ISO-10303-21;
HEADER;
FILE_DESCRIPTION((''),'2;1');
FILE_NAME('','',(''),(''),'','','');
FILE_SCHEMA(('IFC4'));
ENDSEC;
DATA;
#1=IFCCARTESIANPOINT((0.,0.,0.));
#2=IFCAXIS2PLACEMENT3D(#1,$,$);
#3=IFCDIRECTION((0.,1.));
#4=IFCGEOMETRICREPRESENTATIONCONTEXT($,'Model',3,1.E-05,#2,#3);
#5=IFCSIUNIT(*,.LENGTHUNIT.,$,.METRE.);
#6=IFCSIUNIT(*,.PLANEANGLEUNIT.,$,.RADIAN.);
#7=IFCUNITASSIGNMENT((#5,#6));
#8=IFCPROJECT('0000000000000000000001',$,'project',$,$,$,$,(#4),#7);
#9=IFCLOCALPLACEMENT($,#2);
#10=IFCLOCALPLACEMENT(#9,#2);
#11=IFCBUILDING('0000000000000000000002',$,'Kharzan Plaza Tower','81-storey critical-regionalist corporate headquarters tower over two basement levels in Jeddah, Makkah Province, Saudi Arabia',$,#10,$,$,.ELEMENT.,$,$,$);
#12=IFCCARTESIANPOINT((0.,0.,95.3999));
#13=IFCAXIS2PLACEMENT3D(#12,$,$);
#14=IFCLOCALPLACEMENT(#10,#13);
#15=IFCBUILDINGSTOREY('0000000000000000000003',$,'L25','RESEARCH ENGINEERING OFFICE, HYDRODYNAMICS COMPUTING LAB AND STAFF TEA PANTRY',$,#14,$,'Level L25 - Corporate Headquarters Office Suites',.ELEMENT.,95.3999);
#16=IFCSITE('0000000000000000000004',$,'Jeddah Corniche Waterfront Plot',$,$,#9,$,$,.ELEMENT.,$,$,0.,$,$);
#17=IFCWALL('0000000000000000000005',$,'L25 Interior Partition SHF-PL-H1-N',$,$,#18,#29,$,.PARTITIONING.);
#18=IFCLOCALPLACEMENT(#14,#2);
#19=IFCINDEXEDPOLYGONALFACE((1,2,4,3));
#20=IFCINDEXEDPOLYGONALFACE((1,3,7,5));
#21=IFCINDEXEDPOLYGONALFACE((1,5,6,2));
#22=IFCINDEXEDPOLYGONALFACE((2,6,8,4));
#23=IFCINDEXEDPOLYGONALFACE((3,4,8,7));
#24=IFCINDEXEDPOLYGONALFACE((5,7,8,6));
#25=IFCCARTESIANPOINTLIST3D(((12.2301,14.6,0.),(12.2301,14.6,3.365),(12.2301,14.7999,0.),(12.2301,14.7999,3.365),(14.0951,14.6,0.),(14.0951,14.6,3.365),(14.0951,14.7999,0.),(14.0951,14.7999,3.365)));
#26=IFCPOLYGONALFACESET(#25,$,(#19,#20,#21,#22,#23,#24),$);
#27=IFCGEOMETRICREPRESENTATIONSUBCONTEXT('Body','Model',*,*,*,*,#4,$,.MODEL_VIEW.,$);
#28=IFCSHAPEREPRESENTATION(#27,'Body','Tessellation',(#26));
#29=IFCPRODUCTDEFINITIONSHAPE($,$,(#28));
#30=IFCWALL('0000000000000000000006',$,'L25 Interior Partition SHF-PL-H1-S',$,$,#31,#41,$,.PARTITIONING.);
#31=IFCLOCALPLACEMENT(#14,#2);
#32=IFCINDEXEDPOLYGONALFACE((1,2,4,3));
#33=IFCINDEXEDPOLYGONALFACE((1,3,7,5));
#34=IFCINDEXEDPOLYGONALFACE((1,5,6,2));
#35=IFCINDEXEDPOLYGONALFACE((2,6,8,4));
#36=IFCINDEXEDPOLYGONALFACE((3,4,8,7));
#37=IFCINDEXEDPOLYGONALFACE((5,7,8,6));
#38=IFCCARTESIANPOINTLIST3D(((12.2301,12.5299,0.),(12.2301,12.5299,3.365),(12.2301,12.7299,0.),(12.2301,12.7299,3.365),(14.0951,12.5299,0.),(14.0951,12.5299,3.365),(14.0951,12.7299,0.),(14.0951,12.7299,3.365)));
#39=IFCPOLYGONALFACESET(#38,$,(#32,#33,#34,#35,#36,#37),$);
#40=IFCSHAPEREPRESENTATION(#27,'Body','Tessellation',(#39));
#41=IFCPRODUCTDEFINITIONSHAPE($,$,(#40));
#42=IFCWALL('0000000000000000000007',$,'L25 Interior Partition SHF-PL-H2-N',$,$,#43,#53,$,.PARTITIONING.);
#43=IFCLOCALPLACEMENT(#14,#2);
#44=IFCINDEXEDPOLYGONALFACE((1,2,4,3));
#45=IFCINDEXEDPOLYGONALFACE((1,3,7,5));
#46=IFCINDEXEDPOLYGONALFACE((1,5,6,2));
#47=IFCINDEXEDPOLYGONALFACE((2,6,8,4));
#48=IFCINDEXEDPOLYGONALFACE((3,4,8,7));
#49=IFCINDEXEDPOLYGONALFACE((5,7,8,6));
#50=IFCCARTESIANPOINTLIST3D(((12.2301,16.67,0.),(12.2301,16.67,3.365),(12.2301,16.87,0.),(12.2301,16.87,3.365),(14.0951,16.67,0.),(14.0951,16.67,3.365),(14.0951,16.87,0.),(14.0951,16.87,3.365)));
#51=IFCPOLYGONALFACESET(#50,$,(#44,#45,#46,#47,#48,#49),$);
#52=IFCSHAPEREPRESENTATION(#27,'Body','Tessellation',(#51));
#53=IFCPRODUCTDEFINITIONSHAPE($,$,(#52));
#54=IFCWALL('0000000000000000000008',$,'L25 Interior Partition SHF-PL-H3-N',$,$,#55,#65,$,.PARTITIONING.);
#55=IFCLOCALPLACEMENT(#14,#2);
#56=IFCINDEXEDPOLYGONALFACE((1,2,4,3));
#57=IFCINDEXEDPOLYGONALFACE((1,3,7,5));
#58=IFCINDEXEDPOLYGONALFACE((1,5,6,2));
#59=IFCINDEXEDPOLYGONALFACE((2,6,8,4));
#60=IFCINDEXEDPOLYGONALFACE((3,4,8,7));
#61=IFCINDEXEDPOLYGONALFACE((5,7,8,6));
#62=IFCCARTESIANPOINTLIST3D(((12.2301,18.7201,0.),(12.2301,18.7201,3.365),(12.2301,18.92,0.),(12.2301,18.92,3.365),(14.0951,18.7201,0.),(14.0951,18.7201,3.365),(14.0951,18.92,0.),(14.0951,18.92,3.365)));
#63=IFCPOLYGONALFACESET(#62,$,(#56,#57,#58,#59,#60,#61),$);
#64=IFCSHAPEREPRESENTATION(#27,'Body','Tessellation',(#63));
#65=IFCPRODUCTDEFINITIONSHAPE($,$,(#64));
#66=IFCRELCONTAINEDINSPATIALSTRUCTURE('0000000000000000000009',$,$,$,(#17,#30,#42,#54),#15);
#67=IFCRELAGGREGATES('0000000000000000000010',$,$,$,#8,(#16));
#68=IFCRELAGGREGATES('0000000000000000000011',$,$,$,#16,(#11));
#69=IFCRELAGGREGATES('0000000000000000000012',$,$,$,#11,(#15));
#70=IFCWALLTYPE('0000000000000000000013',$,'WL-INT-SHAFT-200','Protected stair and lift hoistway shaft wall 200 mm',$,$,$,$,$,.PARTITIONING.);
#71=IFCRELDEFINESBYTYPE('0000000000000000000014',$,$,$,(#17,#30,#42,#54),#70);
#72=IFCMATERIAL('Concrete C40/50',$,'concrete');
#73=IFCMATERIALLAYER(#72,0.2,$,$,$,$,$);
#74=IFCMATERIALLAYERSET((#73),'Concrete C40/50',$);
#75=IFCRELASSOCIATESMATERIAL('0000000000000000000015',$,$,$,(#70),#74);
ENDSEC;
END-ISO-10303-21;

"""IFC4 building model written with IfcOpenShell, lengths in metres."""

from ifc_helpers import new_model, si_unit, direction, frame, frame_2d, origin, place, context, subcontext, project, spatial, rectangle, extrude, source, transform, mapped, material, layer, layer_set, type_object, element, save


model = new_model("IFC4")

# Units and contexts
model_context = context("Model", 3, precision=1e-05, world=origin(), true_north=direction((0.0, 1.0)))
body_context = subcontext(model_context, "Body", "Model", "MODEL_VIEW")
ifc_project = project(units=[si_unit("LENGTHUNIT", "METRE"), si_unit("PLANEANGLEUNIT", "RADIAN")], contexts=[model_context])

# Site, building, storey
site_placement = place(None, origin())
site = spatial("IfcSite", under=ifc_project, at=site_placement, Name="Jeddah Corniche Waterfront Plot", CompositionType="ELEMENT", RefElevation=0.0)
building_placement = place(site_placement, origin())
building = spatial("IfcBuilding", under=site, at=building_placement, Name="Kharzan Plaza Tower", Description="81-storey critical-regionalist corporate headquarters tower over two basement levels in Jeddah, Makkah Province, Saudi Arabia", CompositionType="ELEMENT")
storey_placement = place(building_placement, frame((0.0, 0.0, 95.3999)))
storey = spatial("IfcBuildingStorey", under=building, at=storey_placement, Name="L25", Description="RESEARCH ENGINEERING OFFICE, HYDRODYNAMICS COMPUTING LAB AND STAFF TEA PANTRY", LongName="Level L25 - Corporate Headquarters Office Suites", CompositionType="ELEMENT", Elevation=95.3999)

# Shared definitions
ifc_material_1 = material(Name="Concrete C40/50", Category="concrete")
ifc_layer_1 = layer(ifc_material_1, 0.2)
ifc_layer_set_1 = layer_set([ifc_layer_1], Name="Concrete C40/50")
wall_type_1 = type_object("IfcWallType", Name="WL-INT-SHAFT-200", Description="Protected stair and lift hoistway shaft wall 200 mm", PredefinedType="PARTITIONING", material=ifc_layer_set_1)

# Walls
shared_shape_1 = source(origin(), body_context, "Body", "SweptSolid", [
    extrude(rectangle(XDim=1.865, YDim=0.2, at=frame_2d((0.9326, 0.0))), origin(), (0.0, 0.0, 1.0), 3.365),
])
for number, where, z_axis, x_axis, name in (
    (1, (12.23, 14.7, 0.0), (0.0, 0.0, 1.0), (1.0, 0.0, 0.0), "L25 Interior Partition SHF-PL-H1-N"),
    (2, (12.23, 12.6299, 0.0), (0.0, 0.0, 1.0), (1.0, 0.0, 0.0), "L25 Interior Partition SHF-PL-H1-S"),
    (3, (12.23, 16.77, 0.0), (0.0, 0.0, 1.0), (1.0, 0.0, 0.0), "L25 Interior Partition SHF-PL-H2-N"),
    (4, (12.23, 18.8201, 0.0), (0.0, 0.0, 1.0), (1.0, 0.0, 0.0), "L25 Interior Partition SHF-PL-H3-N"),
):
    element("IfcWall", number, at=place(storey_placement, frame(where, z_axis=z_axis, x_axis=x_axis)), inside=storey, type_object=wall_type_1, Name=name, PredefinedType="PARTITIONING", context=body_context, shape_type="MappedRepresentation", body=[
        mapped(shared_shape_1, transform((0.0, 0.0, 0.0), x_axis=(1.0, 0.0, 0.0), y_axis=(0.0, 1.0, 0.0), z_axis=(0.0, 0.0, 1.0))),
    ])

save(model, "model.ifc")
